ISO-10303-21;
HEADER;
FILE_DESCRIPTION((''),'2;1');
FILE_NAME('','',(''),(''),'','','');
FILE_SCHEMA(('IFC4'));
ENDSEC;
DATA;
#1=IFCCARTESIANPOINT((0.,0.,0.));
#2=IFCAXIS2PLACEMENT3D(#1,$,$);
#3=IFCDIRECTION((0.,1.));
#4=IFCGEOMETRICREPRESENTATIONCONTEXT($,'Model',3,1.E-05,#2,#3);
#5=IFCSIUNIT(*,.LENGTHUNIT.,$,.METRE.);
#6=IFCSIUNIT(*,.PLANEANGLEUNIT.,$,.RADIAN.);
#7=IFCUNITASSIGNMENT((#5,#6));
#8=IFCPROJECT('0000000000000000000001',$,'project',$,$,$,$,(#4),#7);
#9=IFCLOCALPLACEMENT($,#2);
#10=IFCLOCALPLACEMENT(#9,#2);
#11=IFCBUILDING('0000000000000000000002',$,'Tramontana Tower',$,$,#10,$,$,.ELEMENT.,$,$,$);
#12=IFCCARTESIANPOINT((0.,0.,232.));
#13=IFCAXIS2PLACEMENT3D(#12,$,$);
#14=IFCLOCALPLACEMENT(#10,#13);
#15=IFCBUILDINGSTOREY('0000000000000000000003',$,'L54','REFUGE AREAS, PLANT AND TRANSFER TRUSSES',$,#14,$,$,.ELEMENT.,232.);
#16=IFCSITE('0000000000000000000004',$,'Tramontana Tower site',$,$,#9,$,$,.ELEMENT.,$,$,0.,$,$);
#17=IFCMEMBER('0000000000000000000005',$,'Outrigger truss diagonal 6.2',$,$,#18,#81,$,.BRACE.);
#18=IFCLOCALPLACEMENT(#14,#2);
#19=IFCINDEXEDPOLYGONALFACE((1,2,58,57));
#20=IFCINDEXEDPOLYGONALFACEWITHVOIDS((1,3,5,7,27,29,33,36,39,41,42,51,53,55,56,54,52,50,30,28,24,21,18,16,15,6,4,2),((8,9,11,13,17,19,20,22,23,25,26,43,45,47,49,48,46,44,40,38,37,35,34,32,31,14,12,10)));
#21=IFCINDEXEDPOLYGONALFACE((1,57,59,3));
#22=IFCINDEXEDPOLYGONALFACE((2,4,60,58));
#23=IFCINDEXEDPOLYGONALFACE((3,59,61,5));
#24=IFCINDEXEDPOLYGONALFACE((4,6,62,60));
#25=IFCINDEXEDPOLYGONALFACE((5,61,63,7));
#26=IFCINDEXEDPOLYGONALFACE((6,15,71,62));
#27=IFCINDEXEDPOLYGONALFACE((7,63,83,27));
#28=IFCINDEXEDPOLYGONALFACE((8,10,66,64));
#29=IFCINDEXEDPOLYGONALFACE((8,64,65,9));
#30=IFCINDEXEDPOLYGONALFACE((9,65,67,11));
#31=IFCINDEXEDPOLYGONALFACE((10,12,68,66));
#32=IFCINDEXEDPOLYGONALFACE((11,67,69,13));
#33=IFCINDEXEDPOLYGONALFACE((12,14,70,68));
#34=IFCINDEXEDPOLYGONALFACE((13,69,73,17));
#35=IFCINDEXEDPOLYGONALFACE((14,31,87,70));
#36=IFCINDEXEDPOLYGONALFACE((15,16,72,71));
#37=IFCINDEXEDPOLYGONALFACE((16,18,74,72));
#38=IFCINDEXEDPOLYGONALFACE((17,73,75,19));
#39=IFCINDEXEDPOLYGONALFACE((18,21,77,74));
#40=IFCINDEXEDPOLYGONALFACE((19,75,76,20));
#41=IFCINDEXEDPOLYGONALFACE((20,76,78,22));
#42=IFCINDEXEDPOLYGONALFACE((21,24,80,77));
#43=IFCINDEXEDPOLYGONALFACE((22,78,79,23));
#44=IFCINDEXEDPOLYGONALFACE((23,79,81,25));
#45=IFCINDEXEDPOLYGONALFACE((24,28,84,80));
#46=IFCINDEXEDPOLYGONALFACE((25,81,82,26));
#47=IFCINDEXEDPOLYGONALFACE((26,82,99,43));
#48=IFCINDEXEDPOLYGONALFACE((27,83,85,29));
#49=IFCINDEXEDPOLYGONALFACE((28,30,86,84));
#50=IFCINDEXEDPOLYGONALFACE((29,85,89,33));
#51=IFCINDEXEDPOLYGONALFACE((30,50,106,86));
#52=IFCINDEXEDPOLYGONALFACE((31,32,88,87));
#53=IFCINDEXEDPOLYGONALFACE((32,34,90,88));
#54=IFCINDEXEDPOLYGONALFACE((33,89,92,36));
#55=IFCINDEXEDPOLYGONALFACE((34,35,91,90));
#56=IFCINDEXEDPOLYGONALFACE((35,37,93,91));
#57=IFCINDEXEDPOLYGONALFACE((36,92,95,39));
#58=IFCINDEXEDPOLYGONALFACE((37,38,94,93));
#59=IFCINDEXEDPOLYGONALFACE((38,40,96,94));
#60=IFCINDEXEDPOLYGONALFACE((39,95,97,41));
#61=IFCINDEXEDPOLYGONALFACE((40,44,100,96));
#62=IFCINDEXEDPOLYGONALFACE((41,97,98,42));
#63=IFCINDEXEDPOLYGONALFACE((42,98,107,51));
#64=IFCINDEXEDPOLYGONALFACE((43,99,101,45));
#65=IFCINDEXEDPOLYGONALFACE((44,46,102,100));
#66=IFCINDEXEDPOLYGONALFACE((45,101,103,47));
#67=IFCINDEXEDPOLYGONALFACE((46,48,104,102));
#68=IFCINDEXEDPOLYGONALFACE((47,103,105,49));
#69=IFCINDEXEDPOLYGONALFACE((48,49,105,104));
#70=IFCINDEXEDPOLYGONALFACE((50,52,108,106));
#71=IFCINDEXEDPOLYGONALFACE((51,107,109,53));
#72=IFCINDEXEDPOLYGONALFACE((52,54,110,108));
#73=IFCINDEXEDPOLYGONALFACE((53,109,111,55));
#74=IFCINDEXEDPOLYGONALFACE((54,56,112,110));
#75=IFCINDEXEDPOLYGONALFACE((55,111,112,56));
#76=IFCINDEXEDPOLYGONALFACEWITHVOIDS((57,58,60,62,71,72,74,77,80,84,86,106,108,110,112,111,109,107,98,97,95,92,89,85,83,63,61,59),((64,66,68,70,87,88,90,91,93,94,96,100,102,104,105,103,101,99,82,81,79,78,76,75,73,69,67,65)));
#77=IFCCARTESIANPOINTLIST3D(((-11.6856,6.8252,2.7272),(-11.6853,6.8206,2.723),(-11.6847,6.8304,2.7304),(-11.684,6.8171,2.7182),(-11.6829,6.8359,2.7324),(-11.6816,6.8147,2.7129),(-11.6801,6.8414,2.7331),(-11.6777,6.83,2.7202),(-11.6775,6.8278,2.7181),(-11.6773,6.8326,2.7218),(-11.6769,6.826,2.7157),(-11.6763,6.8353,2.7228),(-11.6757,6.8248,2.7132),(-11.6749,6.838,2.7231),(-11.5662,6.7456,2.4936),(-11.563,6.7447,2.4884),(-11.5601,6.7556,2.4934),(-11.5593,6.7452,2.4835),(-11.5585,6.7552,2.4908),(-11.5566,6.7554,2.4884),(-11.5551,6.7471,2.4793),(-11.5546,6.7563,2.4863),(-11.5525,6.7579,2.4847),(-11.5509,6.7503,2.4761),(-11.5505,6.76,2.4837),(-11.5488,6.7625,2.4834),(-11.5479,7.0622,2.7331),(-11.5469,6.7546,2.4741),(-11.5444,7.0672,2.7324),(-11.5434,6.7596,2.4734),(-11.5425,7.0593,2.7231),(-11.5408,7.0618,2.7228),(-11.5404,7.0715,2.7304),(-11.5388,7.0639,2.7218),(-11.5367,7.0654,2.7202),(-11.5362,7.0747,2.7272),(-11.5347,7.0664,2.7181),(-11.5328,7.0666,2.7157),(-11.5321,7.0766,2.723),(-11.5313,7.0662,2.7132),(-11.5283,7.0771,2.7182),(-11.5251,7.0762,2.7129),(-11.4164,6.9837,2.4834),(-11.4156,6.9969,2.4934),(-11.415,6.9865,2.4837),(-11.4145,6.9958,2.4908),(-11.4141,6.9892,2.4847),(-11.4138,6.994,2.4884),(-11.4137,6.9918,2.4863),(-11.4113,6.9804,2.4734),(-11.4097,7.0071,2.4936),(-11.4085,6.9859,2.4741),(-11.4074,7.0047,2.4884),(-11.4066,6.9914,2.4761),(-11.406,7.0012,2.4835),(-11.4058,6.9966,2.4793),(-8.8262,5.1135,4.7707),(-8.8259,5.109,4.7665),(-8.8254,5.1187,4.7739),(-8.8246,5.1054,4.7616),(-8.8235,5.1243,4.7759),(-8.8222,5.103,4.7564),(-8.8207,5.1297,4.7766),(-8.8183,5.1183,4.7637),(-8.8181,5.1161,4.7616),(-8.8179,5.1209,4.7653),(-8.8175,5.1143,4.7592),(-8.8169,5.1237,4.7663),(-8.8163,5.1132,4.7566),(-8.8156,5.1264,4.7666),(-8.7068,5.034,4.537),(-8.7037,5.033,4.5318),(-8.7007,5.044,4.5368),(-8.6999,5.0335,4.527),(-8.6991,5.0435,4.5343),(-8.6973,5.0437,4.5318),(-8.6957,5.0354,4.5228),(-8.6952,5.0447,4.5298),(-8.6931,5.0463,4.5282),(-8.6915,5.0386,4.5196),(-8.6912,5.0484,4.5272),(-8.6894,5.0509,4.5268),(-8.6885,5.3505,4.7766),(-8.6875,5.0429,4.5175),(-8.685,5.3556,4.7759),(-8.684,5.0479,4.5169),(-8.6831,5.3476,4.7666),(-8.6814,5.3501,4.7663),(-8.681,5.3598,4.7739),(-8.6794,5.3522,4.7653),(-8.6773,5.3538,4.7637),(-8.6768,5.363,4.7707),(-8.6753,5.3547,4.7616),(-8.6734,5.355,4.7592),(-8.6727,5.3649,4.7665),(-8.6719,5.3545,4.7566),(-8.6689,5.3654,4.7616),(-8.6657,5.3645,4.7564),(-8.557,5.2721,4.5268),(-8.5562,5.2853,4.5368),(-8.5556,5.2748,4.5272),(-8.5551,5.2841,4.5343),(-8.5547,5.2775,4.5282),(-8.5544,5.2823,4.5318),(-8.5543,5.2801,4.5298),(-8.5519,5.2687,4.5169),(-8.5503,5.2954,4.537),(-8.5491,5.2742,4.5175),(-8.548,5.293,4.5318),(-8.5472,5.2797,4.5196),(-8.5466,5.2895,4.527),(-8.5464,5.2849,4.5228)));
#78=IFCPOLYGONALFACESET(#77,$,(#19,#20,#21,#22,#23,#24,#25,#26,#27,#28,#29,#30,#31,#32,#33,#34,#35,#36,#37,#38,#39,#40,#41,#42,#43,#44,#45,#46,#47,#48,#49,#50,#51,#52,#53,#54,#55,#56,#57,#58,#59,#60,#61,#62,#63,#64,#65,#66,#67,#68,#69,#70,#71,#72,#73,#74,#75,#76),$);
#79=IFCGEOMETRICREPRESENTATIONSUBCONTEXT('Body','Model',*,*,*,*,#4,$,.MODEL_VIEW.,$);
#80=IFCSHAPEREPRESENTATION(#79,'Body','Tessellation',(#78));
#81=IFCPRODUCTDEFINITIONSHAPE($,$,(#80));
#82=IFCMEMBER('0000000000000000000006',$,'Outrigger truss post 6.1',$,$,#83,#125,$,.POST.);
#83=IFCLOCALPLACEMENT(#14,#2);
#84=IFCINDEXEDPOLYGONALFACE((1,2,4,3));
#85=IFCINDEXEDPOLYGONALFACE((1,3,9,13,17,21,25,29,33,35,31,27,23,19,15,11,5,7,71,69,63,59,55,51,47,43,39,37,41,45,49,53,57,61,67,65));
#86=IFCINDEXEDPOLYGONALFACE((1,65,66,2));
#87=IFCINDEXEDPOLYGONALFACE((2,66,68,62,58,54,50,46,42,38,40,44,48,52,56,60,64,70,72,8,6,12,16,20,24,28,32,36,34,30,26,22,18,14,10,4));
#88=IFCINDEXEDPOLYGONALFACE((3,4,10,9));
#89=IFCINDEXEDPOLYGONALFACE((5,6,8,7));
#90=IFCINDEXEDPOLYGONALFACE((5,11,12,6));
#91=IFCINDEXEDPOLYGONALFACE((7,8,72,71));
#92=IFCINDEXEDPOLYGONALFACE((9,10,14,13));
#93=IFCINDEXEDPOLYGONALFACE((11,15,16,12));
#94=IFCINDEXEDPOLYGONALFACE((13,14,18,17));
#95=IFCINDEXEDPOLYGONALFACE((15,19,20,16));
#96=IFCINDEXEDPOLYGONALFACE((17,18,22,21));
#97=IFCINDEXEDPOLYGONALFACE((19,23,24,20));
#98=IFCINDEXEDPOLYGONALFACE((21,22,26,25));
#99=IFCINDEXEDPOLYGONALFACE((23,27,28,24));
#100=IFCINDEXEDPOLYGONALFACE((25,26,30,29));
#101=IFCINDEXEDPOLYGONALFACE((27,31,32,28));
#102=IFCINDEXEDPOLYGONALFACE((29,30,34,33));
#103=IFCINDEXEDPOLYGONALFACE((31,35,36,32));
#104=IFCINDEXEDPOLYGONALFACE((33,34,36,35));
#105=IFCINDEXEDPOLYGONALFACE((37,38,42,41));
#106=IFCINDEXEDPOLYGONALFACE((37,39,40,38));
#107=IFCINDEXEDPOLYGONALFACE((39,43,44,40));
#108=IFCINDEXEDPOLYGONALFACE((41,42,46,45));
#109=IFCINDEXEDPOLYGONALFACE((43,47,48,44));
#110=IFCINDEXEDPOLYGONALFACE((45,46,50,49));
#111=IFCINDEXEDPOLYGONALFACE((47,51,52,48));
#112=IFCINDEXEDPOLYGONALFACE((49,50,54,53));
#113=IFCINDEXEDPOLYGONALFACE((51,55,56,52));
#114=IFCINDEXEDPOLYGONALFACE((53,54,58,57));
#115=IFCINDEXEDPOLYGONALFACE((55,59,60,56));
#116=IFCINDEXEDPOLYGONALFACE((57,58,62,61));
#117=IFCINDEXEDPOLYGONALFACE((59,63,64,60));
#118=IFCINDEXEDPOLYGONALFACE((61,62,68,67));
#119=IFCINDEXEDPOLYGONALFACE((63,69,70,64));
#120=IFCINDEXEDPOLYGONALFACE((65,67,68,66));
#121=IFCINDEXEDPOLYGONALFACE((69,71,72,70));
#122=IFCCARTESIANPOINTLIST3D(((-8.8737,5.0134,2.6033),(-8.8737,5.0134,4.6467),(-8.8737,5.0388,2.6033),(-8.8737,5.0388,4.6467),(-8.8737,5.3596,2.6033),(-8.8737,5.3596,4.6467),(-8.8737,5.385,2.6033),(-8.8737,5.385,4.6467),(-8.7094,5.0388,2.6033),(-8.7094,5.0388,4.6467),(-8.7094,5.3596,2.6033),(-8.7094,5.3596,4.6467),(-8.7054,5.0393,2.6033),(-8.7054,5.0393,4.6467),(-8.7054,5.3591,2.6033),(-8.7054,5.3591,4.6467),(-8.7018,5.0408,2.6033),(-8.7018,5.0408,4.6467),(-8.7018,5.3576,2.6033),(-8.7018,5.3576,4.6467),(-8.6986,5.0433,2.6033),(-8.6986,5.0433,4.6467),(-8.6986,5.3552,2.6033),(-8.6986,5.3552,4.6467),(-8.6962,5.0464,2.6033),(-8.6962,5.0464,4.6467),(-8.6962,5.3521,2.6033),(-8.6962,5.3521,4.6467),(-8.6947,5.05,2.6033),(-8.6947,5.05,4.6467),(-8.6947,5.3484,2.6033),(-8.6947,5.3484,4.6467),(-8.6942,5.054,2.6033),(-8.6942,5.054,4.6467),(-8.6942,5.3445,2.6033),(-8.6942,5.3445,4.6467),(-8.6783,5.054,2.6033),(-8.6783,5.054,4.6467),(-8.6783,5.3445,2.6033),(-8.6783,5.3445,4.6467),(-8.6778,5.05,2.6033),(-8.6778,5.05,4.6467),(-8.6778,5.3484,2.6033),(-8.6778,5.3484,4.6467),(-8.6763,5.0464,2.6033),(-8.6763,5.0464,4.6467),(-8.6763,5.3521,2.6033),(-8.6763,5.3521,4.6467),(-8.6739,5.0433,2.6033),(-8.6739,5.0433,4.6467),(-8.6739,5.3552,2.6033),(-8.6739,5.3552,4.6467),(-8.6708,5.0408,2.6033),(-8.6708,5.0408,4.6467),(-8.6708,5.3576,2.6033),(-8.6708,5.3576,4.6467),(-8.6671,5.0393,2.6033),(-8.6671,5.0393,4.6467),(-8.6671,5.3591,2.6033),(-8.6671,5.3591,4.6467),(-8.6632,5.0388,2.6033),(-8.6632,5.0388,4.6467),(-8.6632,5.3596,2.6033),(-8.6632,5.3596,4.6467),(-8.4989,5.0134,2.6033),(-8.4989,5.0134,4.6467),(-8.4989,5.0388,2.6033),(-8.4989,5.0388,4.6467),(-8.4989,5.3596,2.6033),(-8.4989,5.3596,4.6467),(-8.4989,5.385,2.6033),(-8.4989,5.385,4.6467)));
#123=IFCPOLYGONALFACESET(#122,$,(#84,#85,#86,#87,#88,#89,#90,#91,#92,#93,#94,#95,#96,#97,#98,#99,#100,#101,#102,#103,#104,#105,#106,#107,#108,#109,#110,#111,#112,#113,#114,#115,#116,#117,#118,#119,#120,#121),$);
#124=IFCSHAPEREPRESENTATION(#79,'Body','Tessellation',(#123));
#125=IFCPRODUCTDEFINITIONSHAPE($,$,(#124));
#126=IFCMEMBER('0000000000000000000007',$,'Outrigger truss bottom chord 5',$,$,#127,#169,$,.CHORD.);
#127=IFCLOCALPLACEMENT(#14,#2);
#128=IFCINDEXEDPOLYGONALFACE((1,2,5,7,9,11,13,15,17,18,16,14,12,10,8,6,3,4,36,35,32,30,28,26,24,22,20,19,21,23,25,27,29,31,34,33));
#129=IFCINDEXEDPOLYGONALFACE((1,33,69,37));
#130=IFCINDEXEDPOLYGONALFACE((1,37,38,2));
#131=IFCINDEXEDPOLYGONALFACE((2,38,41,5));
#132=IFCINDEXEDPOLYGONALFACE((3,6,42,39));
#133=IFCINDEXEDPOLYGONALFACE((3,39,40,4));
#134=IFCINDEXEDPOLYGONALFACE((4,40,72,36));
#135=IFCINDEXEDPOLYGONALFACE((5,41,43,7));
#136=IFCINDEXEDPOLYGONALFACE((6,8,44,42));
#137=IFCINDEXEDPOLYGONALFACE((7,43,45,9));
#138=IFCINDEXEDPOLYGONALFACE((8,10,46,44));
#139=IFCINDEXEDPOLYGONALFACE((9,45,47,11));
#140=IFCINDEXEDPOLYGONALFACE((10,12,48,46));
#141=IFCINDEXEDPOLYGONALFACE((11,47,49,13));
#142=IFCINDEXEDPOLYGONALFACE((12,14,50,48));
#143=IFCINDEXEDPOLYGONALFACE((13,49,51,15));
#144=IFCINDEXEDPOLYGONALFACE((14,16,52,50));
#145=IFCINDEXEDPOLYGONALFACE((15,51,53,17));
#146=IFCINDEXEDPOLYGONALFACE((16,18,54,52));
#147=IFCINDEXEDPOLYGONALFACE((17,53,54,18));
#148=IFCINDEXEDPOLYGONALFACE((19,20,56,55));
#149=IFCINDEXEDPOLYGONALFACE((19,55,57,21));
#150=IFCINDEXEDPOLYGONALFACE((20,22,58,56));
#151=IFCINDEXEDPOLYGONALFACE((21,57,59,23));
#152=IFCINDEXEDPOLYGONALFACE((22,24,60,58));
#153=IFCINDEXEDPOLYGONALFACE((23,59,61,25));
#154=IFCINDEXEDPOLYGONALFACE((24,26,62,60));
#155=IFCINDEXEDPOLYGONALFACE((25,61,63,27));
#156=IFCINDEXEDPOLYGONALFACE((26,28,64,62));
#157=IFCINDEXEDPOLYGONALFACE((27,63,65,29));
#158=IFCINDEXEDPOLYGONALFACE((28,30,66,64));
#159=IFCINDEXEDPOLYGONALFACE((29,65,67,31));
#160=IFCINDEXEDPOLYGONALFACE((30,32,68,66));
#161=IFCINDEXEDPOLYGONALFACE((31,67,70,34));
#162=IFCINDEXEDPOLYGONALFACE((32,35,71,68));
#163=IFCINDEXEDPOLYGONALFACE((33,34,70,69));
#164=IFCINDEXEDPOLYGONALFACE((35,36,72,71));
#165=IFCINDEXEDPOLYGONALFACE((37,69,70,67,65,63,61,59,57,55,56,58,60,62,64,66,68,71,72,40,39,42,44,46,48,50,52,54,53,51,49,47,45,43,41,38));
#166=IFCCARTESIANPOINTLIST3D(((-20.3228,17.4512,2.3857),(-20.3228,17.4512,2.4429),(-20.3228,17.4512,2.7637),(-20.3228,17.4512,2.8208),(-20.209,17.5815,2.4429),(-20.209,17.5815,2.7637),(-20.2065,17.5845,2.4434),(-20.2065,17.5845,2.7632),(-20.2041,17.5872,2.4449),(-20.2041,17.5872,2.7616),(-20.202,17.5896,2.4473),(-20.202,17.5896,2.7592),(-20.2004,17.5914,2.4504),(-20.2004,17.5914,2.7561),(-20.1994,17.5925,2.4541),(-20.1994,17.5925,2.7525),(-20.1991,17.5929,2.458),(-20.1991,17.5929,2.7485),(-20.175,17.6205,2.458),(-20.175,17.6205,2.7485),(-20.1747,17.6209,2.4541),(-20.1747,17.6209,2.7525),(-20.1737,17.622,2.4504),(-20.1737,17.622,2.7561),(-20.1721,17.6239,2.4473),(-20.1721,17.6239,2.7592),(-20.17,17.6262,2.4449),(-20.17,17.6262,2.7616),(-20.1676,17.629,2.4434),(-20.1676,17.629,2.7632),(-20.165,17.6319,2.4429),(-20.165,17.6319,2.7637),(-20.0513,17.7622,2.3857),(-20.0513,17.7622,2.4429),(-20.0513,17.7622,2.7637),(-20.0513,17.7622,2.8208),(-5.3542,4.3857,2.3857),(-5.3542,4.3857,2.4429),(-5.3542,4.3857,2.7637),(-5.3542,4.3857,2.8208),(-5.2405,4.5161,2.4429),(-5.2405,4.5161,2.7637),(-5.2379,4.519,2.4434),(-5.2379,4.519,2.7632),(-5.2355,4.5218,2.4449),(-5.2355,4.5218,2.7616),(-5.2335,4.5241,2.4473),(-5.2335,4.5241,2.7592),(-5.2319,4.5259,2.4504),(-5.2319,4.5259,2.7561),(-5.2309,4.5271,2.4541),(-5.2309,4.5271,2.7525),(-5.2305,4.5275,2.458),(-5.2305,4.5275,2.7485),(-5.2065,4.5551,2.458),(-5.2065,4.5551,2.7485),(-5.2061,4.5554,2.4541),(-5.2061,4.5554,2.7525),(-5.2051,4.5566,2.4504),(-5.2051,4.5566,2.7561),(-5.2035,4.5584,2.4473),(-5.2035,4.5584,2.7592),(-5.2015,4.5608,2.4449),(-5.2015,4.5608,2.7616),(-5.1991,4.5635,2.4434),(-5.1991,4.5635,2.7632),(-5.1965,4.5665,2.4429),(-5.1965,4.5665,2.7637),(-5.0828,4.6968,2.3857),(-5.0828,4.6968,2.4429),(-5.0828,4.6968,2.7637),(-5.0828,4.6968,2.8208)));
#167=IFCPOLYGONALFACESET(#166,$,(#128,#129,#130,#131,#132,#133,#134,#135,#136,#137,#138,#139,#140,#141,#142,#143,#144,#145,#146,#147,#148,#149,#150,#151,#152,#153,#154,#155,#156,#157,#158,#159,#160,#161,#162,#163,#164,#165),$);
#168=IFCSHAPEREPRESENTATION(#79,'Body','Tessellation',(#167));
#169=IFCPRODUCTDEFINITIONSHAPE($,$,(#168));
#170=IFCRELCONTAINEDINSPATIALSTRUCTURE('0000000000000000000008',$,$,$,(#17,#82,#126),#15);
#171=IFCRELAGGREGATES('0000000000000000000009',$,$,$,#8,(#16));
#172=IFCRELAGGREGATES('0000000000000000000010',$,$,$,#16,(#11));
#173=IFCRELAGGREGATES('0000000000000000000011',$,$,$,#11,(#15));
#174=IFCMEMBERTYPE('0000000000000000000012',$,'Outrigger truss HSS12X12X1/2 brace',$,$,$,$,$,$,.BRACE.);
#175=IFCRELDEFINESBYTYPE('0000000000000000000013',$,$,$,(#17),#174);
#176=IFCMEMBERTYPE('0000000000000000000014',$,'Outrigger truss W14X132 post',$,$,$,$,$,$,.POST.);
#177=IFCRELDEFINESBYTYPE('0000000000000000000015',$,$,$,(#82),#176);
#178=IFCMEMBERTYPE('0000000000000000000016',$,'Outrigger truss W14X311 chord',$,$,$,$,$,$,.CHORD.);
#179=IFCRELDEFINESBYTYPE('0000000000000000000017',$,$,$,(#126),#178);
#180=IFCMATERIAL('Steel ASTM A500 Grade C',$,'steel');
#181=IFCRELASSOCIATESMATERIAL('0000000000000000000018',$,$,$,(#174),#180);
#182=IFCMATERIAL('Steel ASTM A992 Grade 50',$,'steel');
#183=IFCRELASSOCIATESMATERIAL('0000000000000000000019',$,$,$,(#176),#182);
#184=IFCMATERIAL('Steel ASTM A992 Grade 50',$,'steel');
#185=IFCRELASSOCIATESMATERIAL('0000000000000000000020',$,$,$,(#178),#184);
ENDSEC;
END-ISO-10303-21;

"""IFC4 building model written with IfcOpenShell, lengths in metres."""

from ifc_helpers import new_model, si_unit, direction, frame, origin, origin_2d, place, context, subcontext, project, spatial, hollow_rectangle, i_section, extrude, material, material_profile, profile_set, type_object, element, save


model = new_model("IFC4")

# Units and contexts
model_context = context("Model", 3, precision=1e-05, world=origin(), true_north=direction((0.0, 1.0)))
body_context = subcontext(model_context, "Body", "Model", "MODEL_VIEW")
ifc_project = project(units=[si_unit("LENGTHUNIT", "METRE"), si_unit("PLANEANGLEUNIT", "RADIAN")], contexts=[model_context])

# Site, building, storey
site_placement = place(None, origin())
site = spatial("IfcSite", under=ifc_project, at=site_placement, Name="Tramontana Tower site", CompositionType="ELEMENT", RefElevation=0.0)
building_placement = place(site_placement, origin())
building = spatial("IfcBuilding", under=site, at=building_placement, Name="Tramontana Tower", CompositionType="ELEMENT")
storey_placement = place(building_placement, frame((0.0, 0.0, 232.0)))
storey = spatial("IfcBuildingStorey", under=building, at=storey_placement, Name="L54", Description="REFUGE AREAS, PLANT AND TRANSFER TRUSSES", CompositionType="ELEMENT", Elevation=232.0)

# Members
ifc_material_1 = material(Name="Steel ASTM A500 Grade C", Category="steel")
ifc_material_profile_1 = material_profile(ifc_material_1, hollow_rectangle(XDim=0.3047, YDim=0.3047, WallThickness=0.0117, InnerFilletRadius=0.0117, OuterFilletRadius=0.0237, at=origin_2d()), Name="HSS12X12X1/2")
ifc_profile_set_1 = profile_set([ifc_material_profile_1], Name="Steel ASTM A500 Grade C")
member_type_1 = type_object("IfcMemberType", Name="Outrigger truss HSS12X12X1/2 brace", PredefinedType="BRACE", material=ifc_profile_set_1)
for number, where, z_axis, x_axis, name in (
    (1, (-8.6863, 5.1992, 4.6467), (-0.731455, 0.437861, -0.522735), (-0.513623, -0.858016, 0.0), "Outrigger truss diagonal 6.2"),
):
    element("IfcMember", number, at=place(storey_placement, frame(where, z_axis=z_axis, x_axis=x_axis)), inside=storey, type_object=member_type_1, Name=name, PredefinedType="BRACE", context=body_context, shape_type="SweptSolid", body=[
        extrude(hollow_rectangle(XDim=0.3047, YDim=0.3047, WallThickness=0.0117, InnerFilletRadius=0.0117, OuterFilletRadius=0.0237, at=origin_2d()), origin(), (0.0, 0.0, 1.0), 3.9092),
    ])
ifc_material_2 = material(Name="Steel ASTM A992 Grade 50", Category="steel")
ifc_material_profile_2 = material_profile(ifc_material_2, i_section(OverallWidth=0.3748, OverallDepth=0.3716, WebThickness=0.0159, FlangeThickness=0.0254, FilletRadius=0.0151, at=origin_2d()), Name="W14X132")
ifc_profile_set_2 = profile_set([ifc_material_profile_2], Name="Steel ASTM A992 Grade 50")
member_type_2 = type_object("IfcMemberType", Name="Outrigger truss W14X132 post", PredefinedType="POST", material=ifc_profile_set_2)
member_1_placement = place(storey_placement, frame((-8.6863, 5.1992, 2.6033), z_axis=(0.0, 0.0, 1.0), x_axis=(1.0, 0.0, 0.0)))
element("IfcMember", 2, at=member_1_placement, inside=storey, type_object=member_type_2, Name="Outrigger truss post 6.1", PredefinedType="POST", context=body_context, shape_type="SweptSolid", body=[
    extrude(i_section(OverallWidth=0.3748, OverallDepth=0.3716, WebThickness=0.0159, FlangeThickness=0.0254, FilletRadius=0.0151, at=origin_2d()), origin(), (0.0, 0.0, 1.0), 2.0435),
])
ifc_material_3 = material(Name="Steel ASTM A992 Grade 50", Category="steel")
ifc_material_profile_3 = material_profile(ifc_material_3, i_section(OverallWidth=0.4128, OverallDepth=0.4351, WebThickness=0.0366, FlangeThickness=0.0571, FilletRadius=0.0151, at=origin_2d()), Name="W14X311")
ifc_profile_set_3 = profile_set([ifc_material_profile_3], Name="Steel ASTM A992 Grade 50")
member_type_3 = type_object("IfcMemberType", Name="Outrigger truss W14X311 chord", PredefinedType="CHORD", material=ifc_profile_set_3)
for number, where, z_axis, x_axis, name in (
    (3, (-5.2185, 4.5413, 2.6033), (-0.753375, 0.657592, 0.0), (-0.657592, -0.753375, 0.0), "Outrigger truss bottom chord 5"),
):
    element("IfcMember", number, at=place(storey_placement, frame(where, z_axis=z_axis, x_axis=x_axis)), inside=storey, type_object=member_type_3, Name=name, PredefinedType="CHORD", context=body_context, shape_type="SweptSolid", body=[
        extrude(i_section(OverallWidth=0.4128, OverallDepth=0.4351, WebThickness=0.0366, FlangeThickness=0.0571, FilletRadius=0.0151, at=origin_2d()), origin(), (0.0, 0.0, 1.0), 19.8687),
    ])

save(model, "model.ifc")
